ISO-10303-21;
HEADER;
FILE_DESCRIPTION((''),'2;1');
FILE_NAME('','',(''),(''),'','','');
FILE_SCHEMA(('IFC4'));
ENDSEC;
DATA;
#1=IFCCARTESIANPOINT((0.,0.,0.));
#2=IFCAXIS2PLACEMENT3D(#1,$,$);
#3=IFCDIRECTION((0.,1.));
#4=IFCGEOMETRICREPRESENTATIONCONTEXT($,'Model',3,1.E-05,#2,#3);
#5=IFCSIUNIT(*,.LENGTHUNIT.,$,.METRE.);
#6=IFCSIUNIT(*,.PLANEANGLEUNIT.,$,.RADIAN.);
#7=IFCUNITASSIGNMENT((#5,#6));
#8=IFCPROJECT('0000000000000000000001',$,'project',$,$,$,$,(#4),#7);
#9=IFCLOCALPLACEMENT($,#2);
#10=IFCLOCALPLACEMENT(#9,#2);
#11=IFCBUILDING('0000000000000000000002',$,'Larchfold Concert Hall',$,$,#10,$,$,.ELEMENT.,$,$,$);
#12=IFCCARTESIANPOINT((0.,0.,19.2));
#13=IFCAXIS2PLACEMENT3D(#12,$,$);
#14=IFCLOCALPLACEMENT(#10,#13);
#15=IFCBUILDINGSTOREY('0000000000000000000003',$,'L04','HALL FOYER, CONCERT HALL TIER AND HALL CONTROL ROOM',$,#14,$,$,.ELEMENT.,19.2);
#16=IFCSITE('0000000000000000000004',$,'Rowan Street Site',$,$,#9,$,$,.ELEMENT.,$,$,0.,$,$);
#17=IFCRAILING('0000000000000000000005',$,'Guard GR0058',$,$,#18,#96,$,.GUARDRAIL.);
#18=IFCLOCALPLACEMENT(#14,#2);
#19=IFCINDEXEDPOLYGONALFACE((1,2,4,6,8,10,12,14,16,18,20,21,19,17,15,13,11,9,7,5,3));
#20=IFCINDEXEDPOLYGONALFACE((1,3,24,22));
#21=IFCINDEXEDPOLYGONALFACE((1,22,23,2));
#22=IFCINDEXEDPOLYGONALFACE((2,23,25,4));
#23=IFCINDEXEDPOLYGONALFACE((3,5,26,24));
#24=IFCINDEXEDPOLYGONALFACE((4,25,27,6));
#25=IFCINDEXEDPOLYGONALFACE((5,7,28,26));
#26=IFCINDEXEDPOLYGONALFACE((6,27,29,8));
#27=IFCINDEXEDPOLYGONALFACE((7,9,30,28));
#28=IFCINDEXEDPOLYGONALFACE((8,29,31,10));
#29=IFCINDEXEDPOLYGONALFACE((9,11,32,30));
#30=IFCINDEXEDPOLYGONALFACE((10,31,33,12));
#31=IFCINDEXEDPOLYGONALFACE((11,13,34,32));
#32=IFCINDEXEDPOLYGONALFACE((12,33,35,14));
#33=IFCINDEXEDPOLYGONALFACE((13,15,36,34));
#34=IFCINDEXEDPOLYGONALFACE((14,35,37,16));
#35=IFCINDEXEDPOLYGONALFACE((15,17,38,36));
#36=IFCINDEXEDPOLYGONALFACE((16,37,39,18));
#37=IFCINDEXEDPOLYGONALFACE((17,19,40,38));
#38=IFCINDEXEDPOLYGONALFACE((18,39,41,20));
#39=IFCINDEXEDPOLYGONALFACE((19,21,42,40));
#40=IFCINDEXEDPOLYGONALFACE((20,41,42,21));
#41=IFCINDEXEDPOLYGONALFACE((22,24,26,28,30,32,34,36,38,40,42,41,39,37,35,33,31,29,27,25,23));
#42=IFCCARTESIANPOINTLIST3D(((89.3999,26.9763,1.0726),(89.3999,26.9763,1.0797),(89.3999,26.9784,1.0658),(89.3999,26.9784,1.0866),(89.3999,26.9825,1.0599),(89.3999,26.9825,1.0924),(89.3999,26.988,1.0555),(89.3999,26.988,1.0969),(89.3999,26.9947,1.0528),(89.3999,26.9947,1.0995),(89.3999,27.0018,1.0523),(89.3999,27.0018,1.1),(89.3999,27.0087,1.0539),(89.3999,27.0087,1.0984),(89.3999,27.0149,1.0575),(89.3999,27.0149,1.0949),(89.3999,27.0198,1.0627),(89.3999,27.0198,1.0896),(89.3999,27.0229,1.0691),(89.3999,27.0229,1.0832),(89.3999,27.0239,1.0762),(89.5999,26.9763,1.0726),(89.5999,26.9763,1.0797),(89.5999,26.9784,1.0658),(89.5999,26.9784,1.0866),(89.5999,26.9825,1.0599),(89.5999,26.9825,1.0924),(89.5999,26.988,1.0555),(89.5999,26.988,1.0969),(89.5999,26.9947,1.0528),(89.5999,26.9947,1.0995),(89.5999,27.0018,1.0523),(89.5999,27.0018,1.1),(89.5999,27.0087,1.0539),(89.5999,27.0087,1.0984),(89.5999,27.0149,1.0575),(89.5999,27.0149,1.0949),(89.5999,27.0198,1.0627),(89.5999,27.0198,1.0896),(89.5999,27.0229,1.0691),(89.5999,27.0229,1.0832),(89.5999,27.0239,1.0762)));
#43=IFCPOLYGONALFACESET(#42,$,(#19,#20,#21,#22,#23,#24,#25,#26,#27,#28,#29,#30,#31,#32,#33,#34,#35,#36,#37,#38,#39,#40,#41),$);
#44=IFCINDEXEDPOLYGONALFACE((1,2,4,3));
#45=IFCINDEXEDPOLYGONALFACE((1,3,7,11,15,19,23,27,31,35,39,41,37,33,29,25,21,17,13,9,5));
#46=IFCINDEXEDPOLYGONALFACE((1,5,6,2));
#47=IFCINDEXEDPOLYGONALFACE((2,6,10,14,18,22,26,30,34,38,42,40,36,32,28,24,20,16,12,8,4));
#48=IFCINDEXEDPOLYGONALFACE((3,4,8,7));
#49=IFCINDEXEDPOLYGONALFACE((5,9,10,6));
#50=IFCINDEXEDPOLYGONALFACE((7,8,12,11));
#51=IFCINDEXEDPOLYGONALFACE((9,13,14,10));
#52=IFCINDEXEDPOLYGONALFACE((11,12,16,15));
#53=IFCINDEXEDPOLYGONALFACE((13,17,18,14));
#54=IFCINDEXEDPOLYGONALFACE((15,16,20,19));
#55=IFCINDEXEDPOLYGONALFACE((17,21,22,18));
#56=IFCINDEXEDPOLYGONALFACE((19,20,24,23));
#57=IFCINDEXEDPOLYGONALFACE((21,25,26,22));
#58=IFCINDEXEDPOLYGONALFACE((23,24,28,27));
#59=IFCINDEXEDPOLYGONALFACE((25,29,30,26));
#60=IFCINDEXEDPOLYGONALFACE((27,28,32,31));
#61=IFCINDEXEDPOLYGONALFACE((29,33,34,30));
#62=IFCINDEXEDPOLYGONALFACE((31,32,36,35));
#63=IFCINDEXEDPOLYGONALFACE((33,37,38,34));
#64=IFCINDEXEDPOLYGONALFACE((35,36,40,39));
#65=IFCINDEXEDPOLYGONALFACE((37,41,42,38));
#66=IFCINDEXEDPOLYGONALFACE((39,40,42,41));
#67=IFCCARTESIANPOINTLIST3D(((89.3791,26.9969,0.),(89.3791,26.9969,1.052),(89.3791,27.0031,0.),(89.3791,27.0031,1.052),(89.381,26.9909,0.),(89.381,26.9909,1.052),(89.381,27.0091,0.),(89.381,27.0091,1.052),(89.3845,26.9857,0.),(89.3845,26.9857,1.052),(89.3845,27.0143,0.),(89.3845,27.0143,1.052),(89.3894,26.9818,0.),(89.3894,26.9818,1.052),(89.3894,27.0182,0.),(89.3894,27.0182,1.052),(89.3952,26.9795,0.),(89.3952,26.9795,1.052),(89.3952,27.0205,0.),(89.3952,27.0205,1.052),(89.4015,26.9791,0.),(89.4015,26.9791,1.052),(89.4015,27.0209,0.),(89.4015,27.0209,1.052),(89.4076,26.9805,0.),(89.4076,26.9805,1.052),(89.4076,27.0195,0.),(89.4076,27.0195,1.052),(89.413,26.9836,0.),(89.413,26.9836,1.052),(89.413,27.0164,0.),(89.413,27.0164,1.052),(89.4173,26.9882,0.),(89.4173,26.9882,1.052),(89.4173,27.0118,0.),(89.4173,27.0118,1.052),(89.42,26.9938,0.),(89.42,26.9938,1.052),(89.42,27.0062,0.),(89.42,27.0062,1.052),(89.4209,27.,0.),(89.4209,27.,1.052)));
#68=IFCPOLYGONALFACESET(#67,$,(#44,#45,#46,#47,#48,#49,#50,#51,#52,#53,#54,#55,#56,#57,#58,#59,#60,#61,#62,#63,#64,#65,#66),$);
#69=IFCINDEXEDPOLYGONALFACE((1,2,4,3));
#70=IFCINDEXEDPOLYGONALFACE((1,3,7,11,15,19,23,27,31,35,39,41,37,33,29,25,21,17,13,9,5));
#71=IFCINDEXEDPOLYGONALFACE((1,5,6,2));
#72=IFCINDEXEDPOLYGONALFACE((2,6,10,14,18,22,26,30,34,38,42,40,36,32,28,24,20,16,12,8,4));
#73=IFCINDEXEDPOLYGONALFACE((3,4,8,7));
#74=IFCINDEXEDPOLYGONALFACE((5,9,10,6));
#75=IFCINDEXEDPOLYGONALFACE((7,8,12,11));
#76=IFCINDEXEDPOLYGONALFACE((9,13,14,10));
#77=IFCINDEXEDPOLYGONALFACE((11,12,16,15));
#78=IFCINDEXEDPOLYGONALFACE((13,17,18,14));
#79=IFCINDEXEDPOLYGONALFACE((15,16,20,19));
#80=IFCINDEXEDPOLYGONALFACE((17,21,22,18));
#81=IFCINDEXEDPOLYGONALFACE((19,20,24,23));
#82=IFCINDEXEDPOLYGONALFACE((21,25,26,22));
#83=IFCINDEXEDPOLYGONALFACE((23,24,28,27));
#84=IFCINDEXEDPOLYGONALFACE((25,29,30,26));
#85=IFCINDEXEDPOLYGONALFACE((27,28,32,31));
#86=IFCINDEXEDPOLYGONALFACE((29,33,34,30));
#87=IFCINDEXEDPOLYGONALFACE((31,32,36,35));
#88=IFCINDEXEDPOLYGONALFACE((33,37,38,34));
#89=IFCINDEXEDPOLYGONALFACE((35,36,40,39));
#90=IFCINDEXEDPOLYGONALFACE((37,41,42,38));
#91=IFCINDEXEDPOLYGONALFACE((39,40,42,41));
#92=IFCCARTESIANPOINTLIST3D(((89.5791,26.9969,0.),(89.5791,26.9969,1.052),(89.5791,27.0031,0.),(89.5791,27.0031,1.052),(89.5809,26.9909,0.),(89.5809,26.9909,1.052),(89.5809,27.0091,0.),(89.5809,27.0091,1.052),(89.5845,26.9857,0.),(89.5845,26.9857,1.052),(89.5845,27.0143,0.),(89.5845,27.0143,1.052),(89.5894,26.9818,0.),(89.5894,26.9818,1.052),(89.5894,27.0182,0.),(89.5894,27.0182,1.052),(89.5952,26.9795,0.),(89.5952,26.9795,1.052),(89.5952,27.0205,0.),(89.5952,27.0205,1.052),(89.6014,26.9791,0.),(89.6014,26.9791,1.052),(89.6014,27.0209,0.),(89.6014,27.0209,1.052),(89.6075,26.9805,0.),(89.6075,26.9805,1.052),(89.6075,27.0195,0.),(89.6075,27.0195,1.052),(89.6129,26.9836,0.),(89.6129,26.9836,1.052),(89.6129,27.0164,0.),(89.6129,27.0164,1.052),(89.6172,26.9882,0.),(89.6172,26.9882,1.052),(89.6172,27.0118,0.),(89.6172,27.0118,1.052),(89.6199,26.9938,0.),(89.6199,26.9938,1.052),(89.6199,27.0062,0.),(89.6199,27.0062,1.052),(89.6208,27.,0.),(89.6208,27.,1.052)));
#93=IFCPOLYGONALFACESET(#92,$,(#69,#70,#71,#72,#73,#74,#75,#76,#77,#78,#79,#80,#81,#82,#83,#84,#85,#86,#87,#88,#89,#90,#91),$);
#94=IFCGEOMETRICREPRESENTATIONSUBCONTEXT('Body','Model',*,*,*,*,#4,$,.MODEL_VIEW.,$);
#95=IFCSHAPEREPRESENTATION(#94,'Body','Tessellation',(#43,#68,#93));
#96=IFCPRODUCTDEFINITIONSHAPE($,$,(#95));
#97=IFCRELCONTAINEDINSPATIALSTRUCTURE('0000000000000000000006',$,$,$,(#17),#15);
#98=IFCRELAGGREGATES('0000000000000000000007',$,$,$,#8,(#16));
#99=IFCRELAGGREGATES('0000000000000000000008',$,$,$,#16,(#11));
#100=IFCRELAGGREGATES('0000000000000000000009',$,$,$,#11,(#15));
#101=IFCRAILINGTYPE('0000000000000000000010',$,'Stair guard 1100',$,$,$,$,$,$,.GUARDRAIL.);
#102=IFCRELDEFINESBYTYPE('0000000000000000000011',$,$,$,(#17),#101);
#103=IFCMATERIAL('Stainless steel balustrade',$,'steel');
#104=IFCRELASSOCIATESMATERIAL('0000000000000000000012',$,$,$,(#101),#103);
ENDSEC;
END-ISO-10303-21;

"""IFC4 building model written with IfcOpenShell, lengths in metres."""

from ifc_helpers import new_model, si_unit, direction, frame, origin, origin_2d, place, context, subcontext, project, spatial, circle, extrude, material, type_object, element, save


model = new_model("IFC4")

# Units and contexts
model_context = context("Model", 3, precision=1e-05, world=origin(), true_north=direction((0.0, 1.0)))
body_context = subcontext(model_context, "Body", "Model", "MODEL_VIEW")
ifc_project = project(units=[si_unit("LENGTHUNIT", "METRE"), si_unit("PLANEANGLEUNIT", "RADIAN")], contexts=[model_context])

# Site, building, storey
site_placement = place(None, origin())
site = spatial("IfcSite", under=ifc_project, at=site_placement, Name="Rowan Street Site", CompositionType="ELEMENT", RefElevation=0.0)
building_placement = place(site_placement, origin())
building = spatial("IfcBuilding", under=site, at=building_placement, Name="Larchfold Concert Hall", CompositionType="ELEMENT")
storey_placement = place(building_placement, frame((0.0, 0.0, 19.2)))
storey = spatial("IfcBuildingStorey", under=building, at=storey_placement, Name="L04", Description="HALL FOYER, CONCERT HALL TIER AND HALL CONTROL ROOM", CompositionType="ELEMENT", Elevation=19.2)

# Railing
ifc_material_1 = material(Name="Stainless steel balustrade", Category="steel")
railing_type_1 = type_object("IfcRailingType", Name="Stair guard 1100", PredefinedType="GUARDRAIL", material=ifc_material_1)
railing_1_placement = place(storey_placement, frame((89.3999, 27.0, 0.0)))
element("IfcRailing", 1, at=railing_1_placement, inside=storey, type_object=railing_type_1, Name="Guard GR0058", PredefinedType="GUARDRAIL", context=body_context, shape_type="SweptSolid", body=[
    extrude(circle(Radius=0.0239, at=origin_2d()), frame((0.0, 0.0, 1.0762), z_axis=(1.0, 0.0, 0.0), x_axis=(0.0, 1.0, 0.0)), (0.0, 0.0, 1.0), 0.2),
    extrude(circle(Radius=0.021, at=origin_2d()), origin(), (0.0, 0.0, 1.0), 1.052),
    extrude(circle(Radius=0.021, at=origin_2d()), frame((0.2, 0.0, 0.0)), (0.0, 0.0, 1.0), 1.052),
])

save(model, "model.ifc")
